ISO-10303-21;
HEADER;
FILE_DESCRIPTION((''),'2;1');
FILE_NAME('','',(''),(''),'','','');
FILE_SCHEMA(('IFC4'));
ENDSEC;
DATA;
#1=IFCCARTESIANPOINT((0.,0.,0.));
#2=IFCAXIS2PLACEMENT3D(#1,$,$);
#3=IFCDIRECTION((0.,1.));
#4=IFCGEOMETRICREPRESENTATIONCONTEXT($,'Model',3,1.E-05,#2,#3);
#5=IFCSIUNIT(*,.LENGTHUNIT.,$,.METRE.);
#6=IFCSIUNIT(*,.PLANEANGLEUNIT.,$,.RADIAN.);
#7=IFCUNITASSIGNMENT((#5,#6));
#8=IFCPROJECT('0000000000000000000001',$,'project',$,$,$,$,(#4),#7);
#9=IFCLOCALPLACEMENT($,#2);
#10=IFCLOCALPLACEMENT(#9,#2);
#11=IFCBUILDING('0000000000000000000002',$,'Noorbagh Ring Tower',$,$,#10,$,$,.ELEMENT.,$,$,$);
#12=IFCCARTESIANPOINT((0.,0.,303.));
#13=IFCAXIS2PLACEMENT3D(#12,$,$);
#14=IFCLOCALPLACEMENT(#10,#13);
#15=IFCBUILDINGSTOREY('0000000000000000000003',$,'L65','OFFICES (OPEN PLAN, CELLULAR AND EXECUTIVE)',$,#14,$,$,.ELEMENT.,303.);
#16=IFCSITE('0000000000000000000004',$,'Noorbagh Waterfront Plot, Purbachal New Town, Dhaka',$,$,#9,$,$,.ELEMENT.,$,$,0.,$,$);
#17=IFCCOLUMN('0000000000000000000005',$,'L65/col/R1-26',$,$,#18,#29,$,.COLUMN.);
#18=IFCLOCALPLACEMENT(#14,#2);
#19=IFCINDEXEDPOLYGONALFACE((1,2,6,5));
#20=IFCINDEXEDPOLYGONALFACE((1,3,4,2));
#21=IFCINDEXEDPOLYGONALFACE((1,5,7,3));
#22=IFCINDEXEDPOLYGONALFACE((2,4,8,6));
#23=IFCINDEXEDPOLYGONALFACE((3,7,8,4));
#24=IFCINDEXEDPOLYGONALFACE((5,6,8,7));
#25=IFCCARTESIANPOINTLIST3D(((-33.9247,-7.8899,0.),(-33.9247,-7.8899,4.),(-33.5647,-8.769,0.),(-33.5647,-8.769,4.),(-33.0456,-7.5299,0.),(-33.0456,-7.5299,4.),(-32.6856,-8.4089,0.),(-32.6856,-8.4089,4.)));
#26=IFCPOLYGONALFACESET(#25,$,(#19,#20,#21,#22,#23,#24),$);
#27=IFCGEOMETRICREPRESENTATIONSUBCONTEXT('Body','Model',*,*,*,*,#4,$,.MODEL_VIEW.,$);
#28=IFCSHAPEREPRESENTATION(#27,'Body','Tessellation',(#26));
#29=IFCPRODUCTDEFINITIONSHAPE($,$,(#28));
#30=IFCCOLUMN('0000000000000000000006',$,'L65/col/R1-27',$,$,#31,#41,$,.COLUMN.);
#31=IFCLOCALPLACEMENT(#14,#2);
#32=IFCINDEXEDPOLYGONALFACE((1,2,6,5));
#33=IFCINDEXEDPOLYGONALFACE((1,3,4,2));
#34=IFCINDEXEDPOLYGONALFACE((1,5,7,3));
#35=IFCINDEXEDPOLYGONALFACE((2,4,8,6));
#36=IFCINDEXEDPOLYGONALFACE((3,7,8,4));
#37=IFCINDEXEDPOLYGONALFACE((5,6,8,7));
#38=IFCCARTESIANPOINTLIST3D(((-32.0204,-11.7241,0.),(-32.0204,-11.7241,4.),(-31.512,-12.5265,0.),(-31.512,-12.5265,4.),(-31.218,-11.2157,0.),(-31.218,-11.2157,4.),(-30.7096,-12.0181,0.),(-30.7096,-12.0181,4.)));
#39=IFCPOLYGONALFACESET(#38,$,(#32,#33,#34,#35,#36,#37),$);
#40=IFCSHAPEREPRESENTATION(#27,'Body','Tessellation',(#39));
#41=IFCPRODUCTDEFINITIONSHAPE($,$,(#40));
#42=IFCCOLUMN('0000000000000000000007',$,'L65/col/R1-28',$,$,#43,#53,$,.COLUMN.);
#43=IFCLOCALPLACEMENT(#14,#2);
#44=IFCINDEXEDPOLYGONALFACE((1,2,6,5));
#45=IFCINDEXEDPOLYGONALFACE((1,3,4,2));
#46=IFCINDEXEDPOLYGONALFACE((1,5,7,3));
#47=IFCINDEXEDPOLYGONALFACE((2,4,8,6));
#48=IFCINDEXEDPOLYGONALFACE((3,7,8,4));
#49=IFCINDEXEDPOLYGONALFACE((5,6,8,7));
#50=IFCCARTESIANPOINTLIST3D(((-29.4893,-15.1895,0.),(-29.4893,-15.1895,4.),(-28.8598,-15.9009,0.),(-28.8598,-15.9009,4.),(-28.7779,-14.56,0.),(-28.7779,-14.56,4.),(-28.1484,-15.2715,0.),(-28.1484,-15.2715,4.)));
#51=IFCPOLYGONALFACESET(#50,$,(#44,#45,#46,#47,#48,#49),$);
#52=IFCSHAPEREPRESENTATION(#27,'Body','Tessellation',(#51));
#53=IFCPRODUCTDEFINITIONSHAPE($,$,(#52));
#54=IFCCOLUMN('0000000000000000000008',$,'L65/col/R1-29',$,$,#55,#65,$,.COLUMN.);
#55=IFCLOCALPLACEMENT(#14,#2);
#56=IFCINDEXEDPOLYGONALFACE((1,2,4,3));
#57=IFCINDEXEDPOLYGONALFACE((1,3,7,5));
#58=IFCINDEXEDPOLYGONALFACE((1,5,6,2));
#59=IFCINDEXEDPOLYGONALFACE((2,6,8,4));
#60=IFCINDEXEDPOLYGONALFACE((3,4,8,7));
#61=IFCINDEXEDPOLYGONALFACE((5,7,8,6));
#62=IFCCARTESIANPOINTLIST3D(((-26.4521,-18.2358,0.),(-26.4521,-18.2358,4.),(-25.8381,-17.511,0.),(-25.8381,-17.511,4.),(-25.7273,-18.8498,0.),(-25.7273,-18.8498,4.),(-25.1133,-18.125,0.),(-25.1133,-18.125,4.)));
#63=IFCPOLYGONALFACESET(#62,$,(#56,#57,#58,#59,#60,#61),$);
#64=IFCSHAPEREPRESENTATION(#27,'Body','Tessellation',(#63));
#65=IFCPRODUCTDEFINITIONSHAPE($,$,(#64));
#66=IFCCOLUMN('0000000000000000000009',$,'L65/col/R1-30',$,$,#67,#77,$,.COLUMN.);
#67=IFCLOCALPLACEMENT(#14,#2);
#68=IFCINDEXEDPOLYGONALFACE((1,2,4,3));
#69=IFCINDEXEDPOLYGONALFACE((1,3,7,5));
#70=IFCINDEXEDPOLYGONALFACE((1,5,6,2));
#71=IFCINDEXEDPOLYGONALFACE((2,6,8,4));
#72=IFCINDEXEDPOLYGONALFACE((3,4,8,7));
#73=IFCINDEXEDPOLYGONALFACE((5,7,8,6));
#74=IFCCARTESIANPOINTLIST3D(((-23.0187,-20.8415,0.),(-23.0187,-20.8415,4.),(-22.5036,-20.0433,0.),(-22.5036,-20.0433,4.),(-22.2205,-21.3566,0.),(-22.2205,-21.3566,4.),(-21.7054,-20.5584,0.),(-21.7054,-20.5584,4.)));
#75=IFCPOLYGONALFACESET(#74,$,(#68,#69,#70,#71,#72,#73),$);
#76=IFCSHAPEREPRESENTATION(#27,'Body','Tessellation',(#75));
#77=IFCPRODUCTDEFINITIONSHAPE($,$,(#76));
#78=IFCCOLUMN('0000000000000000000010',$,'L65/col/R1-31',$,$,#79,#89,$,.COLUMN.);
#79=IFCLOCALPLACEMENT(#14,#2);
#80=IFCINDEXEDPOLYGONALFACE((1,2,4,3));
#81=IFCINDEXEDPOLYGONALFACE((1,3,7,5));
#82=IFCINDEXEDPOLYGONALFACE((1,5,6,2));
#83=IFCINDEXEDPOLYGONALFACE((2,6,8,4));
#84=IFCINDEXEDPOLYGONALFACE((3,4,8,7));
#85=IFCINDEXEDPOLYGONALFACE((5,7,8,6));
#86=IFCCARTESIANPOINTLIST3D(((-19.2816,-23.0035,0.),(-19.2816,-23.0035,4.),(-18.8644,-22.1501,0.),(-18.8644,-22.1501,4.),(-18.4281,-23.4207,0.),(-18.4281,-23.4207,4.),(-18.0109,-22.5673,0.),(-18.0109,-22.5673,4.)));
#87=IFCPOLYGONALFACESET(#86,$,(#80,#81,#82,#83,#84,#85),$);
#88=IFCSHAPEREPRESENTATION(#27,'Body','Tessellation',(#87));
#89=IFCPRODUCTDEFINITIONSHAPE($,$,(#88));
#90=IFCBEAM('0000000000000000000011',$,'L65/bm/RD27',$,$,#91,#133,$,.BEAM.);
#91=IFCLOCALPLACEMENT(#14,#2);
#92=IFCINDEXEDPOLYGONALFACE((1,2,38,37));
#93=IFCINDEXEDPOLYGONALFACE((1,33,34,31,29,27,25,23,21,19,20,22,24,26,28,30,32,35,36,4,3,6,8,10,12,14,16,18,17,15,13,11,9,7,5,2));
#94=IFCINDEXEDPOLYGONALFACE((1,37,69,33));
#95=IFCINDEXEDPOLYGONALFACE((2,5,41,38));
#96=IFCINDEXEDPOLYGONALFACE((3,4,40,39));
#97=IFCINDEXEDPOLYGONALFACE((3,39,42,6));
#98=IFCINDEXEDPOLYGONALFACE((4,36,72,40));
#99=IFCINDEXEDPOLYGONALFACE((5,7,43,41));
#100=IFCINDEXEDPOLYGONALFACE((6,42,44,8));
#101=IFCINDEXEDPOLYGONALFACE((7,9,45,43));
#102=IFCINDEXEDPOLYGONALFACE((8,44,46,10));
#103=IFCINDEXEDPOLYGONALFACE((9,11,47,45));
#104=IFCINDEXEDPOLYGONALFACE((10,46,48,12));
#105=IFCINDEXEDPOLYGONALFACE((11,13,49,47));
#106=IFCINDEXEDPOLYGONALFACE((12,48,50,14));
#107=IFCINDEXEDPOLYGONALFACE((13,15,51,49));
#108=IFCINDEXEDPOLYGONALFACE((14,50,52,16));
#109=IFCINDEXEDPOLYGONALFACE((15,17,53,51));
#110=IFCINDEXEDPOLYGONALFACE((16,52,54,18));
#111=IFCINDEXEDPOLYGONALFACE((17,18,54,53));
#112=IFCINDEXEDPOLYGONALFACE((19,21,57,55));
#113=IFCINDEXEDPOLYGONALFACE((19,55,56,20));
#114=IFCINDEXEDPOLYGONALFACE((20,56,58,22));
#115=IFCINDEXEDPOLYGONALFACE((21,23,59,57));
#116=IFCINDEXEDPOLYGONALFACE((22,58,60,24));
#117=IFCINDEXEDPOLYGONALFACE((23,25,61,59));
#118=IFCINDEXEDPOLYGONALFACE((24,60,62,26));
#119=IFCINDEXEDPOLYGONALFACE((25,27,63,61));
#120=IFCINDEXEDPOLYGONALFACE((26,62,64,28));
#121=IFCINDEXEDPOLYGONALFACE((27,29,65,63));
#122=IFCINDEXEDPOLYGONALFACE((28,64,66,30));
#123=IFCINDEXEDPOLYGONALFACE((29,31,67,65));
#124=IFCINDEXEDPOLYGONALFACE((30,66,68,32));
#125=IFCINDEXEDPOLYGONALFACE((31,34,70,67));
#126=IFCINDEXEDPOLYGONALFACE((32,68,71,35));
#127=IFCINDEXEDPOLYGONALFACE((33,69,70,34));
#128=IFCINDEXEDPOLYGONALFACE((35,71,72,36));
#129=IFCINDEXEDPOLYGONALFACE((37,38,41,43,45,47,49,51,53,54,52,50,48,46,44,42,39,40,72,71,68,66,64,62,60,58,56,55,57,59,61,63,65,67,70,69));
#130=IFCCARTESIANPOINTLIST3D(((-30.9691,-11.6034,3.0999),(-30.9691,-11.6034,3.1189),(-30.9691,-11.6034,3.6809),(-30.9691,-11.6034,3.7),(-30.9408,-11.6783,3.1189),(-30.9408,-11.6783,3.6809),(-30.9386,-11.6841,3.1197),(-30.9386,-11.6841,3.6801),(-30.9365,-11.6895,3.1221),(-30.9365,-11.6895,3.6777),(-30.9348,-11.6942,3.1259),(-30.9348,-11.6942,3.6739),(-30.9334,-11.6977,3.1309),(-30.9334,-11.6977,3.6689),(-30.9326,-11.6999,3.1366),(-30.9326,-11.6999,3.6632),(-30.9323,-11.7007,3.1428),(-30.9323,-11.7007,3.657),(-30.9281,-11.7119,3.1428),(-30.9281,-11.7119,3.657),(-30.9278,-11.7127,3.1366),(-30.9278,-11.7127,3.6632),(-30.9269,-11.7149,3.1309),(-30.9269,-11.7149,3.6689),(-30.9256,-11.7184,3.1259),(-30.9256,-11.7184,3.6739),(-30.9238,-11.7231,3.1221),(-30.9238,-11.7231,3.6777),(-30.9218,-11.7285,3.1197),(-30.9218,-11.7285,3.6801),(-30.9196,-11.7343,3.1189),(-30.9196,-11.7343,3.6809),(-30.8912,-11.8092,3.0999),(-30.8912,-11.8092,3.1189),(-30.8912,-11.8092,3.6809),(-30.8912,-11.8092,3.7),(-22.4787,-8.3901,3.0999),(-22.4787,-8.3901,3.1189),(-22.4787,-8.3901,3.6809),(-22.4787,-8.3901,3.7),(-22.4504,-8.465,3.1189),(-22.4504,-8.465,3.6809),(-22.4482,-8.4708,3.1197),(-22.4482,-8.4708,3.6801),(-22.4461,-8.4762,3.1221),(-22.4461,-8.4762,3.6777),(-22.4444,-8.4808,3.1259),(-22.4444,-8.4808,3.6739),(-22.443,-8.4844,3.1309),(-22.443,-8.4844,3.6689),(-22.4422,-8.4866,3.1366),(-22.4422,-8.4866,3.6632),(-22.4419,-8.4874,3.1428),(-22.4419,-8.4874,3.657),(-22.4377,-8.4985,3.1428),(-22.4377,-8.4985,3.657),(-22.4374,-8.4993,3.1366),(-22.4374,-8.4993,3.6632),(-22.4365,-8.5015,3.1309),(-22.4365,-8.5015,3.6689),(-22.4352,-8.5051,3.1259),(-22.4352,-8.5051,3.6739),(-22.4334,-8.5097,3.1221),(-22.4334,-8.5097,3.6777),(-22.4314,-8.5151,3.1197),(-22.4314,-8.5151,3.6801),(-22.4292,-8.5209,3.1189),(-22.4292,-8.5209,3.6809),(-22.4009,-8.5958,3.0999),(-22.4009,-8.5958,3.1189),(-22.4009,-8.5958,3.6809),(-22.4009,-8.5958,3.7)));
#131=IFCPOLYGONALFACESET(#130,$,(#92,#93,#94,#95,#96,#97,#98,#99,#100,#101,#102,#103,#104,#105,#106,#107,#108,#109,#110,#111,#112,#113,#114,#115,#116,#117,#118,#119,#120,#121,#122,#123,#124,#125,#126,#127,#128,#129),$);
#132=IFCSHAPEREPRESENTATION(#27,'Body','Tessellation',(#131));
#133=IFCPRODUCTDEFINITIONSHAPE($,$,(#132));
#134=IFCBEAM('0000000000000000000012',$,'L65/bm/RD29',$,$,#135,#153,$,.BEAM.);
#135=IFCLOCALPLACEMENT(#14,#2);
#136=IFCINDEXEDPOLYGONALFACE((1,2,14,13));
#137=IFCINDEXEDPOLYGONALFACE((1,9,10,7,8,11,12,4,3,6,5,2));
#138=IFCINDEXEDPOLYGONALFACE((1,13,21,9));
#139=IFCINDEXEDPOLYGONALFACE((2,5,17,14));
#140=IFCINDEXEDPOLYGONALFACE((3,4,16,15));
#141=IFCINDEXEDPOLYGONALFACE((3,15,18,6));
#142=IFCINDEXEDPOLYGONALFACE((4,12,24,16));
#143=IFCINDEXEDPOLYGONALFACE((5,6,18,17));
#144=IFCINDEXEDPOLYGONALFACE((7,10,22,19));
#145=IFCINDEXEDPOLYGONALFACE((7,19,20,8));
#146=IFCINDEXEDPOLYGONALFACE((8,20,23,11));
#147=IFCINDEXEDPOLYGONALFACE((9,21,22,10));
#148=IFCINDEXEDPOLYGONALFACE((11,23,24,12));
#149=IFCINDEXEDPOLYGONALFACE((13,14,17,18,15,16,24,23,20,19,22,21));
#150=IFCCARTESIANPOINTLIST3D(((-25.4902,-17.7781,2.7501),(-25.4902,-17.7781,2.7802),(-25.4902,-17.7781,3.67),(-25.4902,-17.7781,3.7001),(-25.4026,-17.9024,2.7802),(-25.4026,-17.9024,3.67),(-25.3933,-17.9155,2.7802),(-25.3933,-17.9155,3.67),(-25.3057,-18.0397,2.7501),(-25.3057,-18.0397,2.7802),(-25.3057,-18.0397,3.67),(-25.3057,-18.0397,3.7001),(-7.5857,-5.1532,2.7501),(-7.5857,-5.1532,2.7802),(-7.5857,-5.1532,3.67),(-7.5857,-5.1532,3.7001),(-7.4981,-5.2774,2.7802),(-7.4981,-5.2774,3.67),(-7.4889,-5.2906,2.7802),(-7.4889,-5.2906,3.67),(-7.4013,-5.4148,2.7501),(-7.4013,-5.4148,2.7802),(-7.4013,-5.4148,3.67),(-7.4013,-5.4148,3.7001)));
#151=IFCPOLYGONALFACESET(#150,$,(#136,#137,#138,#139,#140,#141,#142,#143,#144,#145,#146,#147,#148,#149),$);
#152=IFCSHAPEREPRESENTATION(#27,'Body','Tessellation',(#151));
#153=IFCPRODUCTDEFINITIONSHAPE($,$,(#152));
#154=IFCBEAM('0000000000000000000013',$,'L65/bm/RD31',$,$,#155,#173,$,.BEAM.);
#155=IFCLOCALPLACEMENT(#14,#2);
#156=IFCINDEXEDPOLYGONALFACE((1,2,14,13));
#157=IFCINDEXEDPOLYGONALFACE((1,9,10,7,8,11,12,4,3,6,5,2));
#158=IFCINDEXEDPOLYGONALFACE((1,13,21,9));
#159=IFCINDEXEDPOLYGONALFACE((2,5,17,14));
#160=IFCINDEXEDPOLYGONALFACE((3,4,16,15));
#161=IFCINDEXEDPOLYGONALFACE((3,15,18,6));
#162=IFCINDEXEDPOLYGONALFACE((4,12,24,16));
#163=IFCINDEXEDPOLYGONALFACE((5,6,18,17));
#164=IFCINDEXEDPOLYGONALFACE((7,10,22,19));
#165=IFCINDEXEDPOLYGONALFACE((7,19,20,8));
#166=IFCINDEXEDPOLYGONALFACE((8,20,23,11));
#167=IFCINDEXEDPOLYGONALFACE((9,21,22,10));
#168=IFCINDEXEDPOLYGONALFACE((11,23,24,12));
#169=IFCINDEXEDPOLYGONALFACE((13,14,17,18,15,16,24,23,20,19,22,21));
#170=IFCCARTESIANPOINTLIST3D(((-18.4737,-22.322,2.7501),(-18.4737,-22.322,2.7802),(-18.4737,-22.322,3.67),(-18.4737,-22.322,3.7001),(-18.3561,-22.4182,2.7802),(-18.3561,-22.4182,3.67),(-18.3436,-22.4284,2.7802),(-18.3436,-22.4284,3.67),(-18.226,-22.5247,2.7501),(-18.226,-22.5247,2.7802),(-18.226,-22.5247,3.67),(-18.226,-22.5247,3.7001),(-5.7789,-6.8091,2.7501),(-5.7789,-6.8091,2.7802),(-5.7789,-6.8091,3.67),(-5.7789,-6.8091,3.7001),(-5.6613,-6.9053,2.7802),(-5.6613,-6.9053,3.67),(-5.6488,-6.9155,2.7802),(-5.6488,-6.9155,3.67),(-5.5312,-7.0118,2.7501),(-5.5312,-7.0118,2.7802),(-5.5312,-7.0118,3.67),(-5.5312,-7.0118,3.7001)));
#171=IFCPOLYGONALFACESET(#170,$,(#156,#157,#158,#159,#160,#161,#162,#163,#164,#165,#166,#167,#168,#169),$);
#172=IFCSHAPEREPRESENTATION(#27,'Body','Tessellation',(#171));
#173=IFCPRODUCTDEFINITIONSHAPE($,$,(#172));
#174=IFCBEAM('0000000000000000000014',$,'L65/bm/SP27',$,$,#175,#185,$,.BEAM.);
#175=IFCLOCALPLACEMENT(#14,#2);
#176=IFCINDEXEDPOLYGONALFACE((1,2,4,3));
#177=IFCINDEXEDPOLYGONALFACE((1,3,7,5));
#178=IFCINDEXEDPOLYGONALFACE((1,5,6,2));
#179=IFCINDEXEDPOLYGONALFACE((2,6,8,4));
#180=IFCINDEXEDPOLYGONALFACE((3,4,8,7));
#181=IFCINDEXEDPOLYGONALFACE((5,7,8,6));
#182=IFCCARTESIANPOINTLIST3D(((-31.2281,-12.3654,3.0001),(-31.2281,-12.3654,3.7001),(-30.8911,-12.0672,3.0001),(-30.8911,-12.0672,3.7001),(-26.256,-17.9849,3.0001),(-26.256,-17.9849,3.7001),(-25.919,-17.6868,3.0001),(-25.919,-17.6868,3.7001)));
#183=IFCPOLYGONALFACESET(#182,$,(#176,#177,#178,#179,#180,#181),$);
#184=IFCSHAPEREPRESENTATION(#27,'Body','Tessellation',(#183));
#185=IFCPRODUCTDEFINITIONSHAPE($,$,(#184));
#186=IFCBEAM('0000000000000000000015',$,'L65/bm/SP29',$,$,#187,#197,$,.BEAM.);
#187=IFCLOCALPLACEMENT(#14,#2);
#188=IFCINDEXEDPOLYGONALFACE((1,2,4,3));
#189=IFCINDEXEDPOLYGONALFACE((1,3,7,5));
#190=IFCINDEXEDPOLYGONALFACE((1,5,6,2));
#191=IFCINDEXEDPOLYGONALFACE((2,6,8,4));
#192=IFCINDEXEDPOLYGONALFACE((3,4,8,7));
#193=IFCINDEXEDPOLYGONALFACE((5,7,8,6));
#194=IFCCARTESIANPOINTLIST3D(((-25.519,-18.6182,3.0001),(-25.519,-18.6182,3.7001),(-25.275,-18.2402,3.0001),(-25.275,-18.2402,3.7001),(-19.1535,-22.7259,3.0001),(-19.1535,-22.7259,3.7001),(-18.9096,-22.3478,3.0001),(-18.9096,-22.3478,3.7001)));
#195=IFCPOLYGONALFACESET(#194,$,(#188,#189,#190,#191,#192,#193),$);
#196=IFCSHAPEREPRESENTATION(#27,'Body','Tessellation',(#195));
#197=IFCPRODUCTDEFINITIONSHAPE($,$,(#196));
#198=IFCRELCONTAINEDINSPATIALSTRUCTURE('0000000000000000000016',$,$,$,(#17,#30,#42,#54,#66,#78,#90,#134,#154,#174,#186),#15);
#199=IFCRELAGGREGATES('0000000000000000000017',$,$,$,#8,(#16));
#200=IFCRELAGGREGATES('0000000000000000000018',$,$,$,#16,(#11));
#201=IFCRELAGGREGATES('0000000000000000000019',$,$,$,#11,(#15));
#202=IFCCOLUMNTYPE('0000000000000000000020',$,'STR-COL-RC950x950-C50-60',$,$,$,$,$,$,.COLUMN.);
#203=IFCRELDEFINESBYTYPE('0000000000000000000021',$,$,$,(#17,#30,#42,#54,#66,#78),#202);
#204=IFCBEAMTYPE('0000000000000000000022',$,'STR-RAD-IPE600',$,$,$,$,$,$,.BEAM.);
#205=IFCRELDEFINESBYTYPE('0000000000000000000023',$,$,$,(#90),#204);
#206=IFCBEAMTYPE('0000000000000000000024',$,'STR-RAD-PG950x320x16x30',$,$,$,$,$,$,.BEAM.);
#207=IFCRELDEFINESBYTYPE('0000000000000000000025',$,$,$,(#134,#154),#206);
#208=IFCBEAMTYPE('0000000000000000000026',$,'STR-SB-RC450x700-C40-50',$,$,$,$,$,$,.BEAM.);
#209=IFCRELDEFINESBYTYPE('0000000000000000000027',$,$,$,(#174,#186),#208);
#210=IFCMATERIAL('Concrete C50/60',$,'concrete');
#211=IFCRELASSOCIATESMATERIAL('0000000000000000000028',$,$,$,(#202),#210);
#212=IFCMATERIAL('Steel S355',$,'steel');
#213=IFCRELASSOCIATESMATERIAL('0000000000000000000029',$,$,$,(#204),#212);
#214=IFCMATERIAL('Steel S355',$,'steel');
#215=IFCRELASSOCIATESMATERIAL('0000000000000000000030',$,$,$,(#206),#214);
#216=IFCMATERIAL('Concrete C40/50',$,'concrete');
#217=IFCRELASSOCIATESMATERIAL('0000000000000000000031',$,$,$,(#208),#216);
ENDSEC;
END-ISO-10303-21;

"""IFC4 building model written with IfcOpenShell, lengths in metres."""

from ifc_helpers import new_model, si_unit, direction, frame, origin, origin_2d, place, context, subcontext, project, spatial, rectangle, i_section, extrude, material, material_profile, profile_set, type_object, element, save


model = new_model("IFC4")

# Units and contexts
model_context = context("Model", 3, precision=1e-05, world=origin(), true_north=direction((0.0, 1.0)))
body_context = subcontext(model_context, "Body", "Model", "MODEL_VIEW")
ifc_project = project(units=[si_unit("LENGTHUNIT", "METRE"), si_unit("PLANEANGLEUNIT", "RADIAN")], contexts=[model_context])

# Site, building, storey
site_placement = place(None, origin())
site = spatial("IfcSite", under=ifc_project, at=site_placement, Name="Noorbagh Waterfront Plot, Purbachal New Town, Dhaka", CompositionType="ELEMENT", RefElevation=0.0)
building_placement = place(site_placement, origin())
building = spatial("IfcBuilding", under=site, at=building_placement, Name="Noorbagh Ring Tower", CompositionType="ELEMENT")
storey_placement = place(building_placement, frame((0.0, 0.0, 303.0)))
storey = spatial("IfcBuildingStorey", under=building, at=storey_placement, Name="L65", Description="OFFICES (OPEN PLAN, CELLULAR AND EXECUTIVE)", CompositionType="ELEMENT", Elevation=303.0)

# Columns
ifc_material_1 = material(Name="Concrete C50/60", Category="concrete")
ifc_material_profile_1 = material_profile(ifc_material_1, rectangle(XDim=0.95, YDim=0.95, at=origin_2d()), Name="RC950x950")
ifc_profile_set_1 = profile_set([ifc_material_profile_1], Name="Concrete C50/60")
column_type = type_object("IfcColumnType", Name="STR-COL-RC950x950-C50-60", PredefinedType="COLUMN", material=ifc_profile_set_1)
for number, where, z_axis, x_axis, name in (
    (1, (-33.3052, -8.1494, 0.0), (0.0, 0.0, 1.0), (0.378989, -0.925401, 0.0), "L65/col/R1-26"),
    (2, (-31.365, -11.8711, 0.0), (0.0, 0.0, 1.0), (0.53519, -0.844731, 0.0), "L65/col/R1-27"),
    (3, (-28.8188, -15.2305, 0.0), (0.0, 0.0, 1.0), (0.662636, -0.748942, 0.0), "L65/col/R1-28"),
    (4, (-25.7827, -18.1804, 0.0), (0.0, 0.0, 1.0), (0.763035, -0.646357, 0.0), "L65/col/R1-29"),
    (5, (-22.3621, -20.7, 0.0), (0.0, 0.0, 1.0), (0.840248, -0.542203, 0.0), "L65/col/R1-30"),
    (6, (-18.6462, -22.7854, 0.0), (0.0, 0.0, 1.0), (0.898399, -0.43918, 0.0), "L65/col/R1-31"),
):
    element("IfcColumn", number, at=place(storey_placement, frame(where, z_axis=z_axis, x_axis=x_axis)), inside=storey, type_object=column_type, Name=name, PredefinedType="COLUMN", context=body_context, shape_type="SweptSolid", body=[
        extrude(rectangle(XDim=0.95, YDim=0.95, at=origin_2d()), origin(), (0.0, 0.0, 1.0), 4.0),
    ])

# Beams
ifc_material_2 = material(Name="Steel S355", Category="steel")
ifc_material_profile_2 = material_profile(ifc_material_2, i_section(OverallWidth=0.22, OverallDepth=0.6001, WebThickness=0.012, FlangeThickness=0.019, FilletRadius=0.0239, at=origin_2d()), Name="IPE600")
ifc_profile_set_2 = profile_set([ifc_material_profile_2], Name="Steel S355")
beam_type_1 = type_object("IfcBeamType", Name="STR-RAD-IPE600", PredefinedType="BEAM", material=ifc_profile_set_2)
beam_1_placement = place(storey_placement, frame((-30.9302, -11.7063, 3.3999), z_axis=(0.935258, 0.353966, 0.0), x_axis=(-0.353966, 0.935258, 0.0)))
element("IfcBeam", 7, at=beam_1_placement, inside=storey, type_object=beam_type_1, Name="L65/bm/RD27", PredefinedType="BEAM", context=body_context, shape_type="SweptSolid", body=[
    extrude(i_section(OverallWidth=0.22, OverallDepth=0.6001, WebThickness=0.012, FlangeThickness=0.019, FilletRadius=0.0239, at=origin_2d()), origin(), (0.0, 0.0, 1.0), 9.0781),
])
ifc_material_3 = material(Name="Steel S355", Category="steel")
ifc_material_profile_3 = material_profile(ifc_material_3, i_section(OverallWidth=0.3201, OverallDepth=0.95, WebThickness=0.0161, FlangeThickness=0.03, at=origin_2d()), Name="PG950x320x16x30")
ifc_profile_set_3 = profile_set([ifc_material_profile_3], Name="Steel S355")
beam_type_2 = type_object("IfcBeamType", Name="STR-RAD-PG950x320x16x30", PredefinedType="BEAM", material=ifc_profile_set_3)
beam_2_placement = place(storey_placement, frame((-25.3979, -17.9089, 3.2251), z_axis=(0.817258, 0.576272, 0.0), x_axis=(-0.576272, 0.817258, 0.0)))
element("IfcBeam", 8, at=beam_2_placement, inside=storey, type_object=beam_type_2, Name="L65/bm/RD29", PredefinedType="BEAM", context=body_context, shape_type="SweptSolid", body=[
    extrude(i_section(OverallWidth=0.3201, OverallDepth=0.95, WebThickness=0.0161, FlangeThickness=0.03, at=origin_2d()), origin(), (0.0, 0.0, 1.0), 21.908),
])
beam_3_placement = place(storey_placement, frame((-18.3499, -22.4233, 3.2251), z_axis=(0.63331, 0.773898, 0.0), x_axis=(-0.773898, 0.63331, 0.0)))
element("IfcBeam", 9, at=beam_3_placement, inside=storey, type_object=beam_type_2, Name="L65/bm/RD31", PredefinedType="BEAM", context=body_context, shape_type="SweptSolid", body=[
    extrude(i_section(OverallWidth=0.3201, OverallDepth=0.95, WebThickness=0.0161, FlangeThickness=0.03, at=origin_2d()), origin(), (0.0, 0.0, 1.0), 20.0452),
])
ifc_material_4 = material(Name="Concrete C40/50", Category="concrete")
ifc_material_profile_4 = material_profile(ifc_material_4, rectangle(XDim=0.45, YDim=0.7, at=origin_2d()), Name="RC450x700")
ifc_profile_set_4 = profile_set([ifc_material_profile_4], Name="Concrete C40/50")
beam_type_3 = type_object("IfcBeamType", Name="STR-SB-RC450x700-C40-50", PredefinedType="BEAM", material=ifc_profile_set_4)
beam_4_placement = place(storey_placement, frame((-31.0596, -12.2163, 3.3501), z_axis=(0.662645, -0.748933, 0.0), x_axis=(0.748933, 0.662645, 0.0)))
element("IfcBeam", 10, at=beam_4_placement, inside=storey, type_object=beam_type_3, Name="L65/bm/SP27", PredefinedType="BEAM", context=body_context, shape_type="SweptSolid", body=[
    extrude(rectangle(XDim=0.45, YDim=0.7, at=origin_2d()), origin(), (0.0, 0.0, 1.0), 7.5034),
])
beam_5_placement = place(storey_placement, frame((-25.397, -18.4292, 3.3501), z_axis=(0.840242, -0.542211, 0.0), x_axis=(0.542211, 0.840242, 0.0)))
element("IfcBeam", 11, at=beam_5_placement, inside=storey, type_object=beam_type_3, Name="L65/bm/SP29", PredefinedType="BEAM", context=body_context, shape_type="SweptSolid", body=[
    extrude(rectangle(XDim=0.45, YDim=0.7, at=origin_2d()), origin(), (0.0, 0.0, 1.0), 7.5757),
])

save(model, "model.ifc")
